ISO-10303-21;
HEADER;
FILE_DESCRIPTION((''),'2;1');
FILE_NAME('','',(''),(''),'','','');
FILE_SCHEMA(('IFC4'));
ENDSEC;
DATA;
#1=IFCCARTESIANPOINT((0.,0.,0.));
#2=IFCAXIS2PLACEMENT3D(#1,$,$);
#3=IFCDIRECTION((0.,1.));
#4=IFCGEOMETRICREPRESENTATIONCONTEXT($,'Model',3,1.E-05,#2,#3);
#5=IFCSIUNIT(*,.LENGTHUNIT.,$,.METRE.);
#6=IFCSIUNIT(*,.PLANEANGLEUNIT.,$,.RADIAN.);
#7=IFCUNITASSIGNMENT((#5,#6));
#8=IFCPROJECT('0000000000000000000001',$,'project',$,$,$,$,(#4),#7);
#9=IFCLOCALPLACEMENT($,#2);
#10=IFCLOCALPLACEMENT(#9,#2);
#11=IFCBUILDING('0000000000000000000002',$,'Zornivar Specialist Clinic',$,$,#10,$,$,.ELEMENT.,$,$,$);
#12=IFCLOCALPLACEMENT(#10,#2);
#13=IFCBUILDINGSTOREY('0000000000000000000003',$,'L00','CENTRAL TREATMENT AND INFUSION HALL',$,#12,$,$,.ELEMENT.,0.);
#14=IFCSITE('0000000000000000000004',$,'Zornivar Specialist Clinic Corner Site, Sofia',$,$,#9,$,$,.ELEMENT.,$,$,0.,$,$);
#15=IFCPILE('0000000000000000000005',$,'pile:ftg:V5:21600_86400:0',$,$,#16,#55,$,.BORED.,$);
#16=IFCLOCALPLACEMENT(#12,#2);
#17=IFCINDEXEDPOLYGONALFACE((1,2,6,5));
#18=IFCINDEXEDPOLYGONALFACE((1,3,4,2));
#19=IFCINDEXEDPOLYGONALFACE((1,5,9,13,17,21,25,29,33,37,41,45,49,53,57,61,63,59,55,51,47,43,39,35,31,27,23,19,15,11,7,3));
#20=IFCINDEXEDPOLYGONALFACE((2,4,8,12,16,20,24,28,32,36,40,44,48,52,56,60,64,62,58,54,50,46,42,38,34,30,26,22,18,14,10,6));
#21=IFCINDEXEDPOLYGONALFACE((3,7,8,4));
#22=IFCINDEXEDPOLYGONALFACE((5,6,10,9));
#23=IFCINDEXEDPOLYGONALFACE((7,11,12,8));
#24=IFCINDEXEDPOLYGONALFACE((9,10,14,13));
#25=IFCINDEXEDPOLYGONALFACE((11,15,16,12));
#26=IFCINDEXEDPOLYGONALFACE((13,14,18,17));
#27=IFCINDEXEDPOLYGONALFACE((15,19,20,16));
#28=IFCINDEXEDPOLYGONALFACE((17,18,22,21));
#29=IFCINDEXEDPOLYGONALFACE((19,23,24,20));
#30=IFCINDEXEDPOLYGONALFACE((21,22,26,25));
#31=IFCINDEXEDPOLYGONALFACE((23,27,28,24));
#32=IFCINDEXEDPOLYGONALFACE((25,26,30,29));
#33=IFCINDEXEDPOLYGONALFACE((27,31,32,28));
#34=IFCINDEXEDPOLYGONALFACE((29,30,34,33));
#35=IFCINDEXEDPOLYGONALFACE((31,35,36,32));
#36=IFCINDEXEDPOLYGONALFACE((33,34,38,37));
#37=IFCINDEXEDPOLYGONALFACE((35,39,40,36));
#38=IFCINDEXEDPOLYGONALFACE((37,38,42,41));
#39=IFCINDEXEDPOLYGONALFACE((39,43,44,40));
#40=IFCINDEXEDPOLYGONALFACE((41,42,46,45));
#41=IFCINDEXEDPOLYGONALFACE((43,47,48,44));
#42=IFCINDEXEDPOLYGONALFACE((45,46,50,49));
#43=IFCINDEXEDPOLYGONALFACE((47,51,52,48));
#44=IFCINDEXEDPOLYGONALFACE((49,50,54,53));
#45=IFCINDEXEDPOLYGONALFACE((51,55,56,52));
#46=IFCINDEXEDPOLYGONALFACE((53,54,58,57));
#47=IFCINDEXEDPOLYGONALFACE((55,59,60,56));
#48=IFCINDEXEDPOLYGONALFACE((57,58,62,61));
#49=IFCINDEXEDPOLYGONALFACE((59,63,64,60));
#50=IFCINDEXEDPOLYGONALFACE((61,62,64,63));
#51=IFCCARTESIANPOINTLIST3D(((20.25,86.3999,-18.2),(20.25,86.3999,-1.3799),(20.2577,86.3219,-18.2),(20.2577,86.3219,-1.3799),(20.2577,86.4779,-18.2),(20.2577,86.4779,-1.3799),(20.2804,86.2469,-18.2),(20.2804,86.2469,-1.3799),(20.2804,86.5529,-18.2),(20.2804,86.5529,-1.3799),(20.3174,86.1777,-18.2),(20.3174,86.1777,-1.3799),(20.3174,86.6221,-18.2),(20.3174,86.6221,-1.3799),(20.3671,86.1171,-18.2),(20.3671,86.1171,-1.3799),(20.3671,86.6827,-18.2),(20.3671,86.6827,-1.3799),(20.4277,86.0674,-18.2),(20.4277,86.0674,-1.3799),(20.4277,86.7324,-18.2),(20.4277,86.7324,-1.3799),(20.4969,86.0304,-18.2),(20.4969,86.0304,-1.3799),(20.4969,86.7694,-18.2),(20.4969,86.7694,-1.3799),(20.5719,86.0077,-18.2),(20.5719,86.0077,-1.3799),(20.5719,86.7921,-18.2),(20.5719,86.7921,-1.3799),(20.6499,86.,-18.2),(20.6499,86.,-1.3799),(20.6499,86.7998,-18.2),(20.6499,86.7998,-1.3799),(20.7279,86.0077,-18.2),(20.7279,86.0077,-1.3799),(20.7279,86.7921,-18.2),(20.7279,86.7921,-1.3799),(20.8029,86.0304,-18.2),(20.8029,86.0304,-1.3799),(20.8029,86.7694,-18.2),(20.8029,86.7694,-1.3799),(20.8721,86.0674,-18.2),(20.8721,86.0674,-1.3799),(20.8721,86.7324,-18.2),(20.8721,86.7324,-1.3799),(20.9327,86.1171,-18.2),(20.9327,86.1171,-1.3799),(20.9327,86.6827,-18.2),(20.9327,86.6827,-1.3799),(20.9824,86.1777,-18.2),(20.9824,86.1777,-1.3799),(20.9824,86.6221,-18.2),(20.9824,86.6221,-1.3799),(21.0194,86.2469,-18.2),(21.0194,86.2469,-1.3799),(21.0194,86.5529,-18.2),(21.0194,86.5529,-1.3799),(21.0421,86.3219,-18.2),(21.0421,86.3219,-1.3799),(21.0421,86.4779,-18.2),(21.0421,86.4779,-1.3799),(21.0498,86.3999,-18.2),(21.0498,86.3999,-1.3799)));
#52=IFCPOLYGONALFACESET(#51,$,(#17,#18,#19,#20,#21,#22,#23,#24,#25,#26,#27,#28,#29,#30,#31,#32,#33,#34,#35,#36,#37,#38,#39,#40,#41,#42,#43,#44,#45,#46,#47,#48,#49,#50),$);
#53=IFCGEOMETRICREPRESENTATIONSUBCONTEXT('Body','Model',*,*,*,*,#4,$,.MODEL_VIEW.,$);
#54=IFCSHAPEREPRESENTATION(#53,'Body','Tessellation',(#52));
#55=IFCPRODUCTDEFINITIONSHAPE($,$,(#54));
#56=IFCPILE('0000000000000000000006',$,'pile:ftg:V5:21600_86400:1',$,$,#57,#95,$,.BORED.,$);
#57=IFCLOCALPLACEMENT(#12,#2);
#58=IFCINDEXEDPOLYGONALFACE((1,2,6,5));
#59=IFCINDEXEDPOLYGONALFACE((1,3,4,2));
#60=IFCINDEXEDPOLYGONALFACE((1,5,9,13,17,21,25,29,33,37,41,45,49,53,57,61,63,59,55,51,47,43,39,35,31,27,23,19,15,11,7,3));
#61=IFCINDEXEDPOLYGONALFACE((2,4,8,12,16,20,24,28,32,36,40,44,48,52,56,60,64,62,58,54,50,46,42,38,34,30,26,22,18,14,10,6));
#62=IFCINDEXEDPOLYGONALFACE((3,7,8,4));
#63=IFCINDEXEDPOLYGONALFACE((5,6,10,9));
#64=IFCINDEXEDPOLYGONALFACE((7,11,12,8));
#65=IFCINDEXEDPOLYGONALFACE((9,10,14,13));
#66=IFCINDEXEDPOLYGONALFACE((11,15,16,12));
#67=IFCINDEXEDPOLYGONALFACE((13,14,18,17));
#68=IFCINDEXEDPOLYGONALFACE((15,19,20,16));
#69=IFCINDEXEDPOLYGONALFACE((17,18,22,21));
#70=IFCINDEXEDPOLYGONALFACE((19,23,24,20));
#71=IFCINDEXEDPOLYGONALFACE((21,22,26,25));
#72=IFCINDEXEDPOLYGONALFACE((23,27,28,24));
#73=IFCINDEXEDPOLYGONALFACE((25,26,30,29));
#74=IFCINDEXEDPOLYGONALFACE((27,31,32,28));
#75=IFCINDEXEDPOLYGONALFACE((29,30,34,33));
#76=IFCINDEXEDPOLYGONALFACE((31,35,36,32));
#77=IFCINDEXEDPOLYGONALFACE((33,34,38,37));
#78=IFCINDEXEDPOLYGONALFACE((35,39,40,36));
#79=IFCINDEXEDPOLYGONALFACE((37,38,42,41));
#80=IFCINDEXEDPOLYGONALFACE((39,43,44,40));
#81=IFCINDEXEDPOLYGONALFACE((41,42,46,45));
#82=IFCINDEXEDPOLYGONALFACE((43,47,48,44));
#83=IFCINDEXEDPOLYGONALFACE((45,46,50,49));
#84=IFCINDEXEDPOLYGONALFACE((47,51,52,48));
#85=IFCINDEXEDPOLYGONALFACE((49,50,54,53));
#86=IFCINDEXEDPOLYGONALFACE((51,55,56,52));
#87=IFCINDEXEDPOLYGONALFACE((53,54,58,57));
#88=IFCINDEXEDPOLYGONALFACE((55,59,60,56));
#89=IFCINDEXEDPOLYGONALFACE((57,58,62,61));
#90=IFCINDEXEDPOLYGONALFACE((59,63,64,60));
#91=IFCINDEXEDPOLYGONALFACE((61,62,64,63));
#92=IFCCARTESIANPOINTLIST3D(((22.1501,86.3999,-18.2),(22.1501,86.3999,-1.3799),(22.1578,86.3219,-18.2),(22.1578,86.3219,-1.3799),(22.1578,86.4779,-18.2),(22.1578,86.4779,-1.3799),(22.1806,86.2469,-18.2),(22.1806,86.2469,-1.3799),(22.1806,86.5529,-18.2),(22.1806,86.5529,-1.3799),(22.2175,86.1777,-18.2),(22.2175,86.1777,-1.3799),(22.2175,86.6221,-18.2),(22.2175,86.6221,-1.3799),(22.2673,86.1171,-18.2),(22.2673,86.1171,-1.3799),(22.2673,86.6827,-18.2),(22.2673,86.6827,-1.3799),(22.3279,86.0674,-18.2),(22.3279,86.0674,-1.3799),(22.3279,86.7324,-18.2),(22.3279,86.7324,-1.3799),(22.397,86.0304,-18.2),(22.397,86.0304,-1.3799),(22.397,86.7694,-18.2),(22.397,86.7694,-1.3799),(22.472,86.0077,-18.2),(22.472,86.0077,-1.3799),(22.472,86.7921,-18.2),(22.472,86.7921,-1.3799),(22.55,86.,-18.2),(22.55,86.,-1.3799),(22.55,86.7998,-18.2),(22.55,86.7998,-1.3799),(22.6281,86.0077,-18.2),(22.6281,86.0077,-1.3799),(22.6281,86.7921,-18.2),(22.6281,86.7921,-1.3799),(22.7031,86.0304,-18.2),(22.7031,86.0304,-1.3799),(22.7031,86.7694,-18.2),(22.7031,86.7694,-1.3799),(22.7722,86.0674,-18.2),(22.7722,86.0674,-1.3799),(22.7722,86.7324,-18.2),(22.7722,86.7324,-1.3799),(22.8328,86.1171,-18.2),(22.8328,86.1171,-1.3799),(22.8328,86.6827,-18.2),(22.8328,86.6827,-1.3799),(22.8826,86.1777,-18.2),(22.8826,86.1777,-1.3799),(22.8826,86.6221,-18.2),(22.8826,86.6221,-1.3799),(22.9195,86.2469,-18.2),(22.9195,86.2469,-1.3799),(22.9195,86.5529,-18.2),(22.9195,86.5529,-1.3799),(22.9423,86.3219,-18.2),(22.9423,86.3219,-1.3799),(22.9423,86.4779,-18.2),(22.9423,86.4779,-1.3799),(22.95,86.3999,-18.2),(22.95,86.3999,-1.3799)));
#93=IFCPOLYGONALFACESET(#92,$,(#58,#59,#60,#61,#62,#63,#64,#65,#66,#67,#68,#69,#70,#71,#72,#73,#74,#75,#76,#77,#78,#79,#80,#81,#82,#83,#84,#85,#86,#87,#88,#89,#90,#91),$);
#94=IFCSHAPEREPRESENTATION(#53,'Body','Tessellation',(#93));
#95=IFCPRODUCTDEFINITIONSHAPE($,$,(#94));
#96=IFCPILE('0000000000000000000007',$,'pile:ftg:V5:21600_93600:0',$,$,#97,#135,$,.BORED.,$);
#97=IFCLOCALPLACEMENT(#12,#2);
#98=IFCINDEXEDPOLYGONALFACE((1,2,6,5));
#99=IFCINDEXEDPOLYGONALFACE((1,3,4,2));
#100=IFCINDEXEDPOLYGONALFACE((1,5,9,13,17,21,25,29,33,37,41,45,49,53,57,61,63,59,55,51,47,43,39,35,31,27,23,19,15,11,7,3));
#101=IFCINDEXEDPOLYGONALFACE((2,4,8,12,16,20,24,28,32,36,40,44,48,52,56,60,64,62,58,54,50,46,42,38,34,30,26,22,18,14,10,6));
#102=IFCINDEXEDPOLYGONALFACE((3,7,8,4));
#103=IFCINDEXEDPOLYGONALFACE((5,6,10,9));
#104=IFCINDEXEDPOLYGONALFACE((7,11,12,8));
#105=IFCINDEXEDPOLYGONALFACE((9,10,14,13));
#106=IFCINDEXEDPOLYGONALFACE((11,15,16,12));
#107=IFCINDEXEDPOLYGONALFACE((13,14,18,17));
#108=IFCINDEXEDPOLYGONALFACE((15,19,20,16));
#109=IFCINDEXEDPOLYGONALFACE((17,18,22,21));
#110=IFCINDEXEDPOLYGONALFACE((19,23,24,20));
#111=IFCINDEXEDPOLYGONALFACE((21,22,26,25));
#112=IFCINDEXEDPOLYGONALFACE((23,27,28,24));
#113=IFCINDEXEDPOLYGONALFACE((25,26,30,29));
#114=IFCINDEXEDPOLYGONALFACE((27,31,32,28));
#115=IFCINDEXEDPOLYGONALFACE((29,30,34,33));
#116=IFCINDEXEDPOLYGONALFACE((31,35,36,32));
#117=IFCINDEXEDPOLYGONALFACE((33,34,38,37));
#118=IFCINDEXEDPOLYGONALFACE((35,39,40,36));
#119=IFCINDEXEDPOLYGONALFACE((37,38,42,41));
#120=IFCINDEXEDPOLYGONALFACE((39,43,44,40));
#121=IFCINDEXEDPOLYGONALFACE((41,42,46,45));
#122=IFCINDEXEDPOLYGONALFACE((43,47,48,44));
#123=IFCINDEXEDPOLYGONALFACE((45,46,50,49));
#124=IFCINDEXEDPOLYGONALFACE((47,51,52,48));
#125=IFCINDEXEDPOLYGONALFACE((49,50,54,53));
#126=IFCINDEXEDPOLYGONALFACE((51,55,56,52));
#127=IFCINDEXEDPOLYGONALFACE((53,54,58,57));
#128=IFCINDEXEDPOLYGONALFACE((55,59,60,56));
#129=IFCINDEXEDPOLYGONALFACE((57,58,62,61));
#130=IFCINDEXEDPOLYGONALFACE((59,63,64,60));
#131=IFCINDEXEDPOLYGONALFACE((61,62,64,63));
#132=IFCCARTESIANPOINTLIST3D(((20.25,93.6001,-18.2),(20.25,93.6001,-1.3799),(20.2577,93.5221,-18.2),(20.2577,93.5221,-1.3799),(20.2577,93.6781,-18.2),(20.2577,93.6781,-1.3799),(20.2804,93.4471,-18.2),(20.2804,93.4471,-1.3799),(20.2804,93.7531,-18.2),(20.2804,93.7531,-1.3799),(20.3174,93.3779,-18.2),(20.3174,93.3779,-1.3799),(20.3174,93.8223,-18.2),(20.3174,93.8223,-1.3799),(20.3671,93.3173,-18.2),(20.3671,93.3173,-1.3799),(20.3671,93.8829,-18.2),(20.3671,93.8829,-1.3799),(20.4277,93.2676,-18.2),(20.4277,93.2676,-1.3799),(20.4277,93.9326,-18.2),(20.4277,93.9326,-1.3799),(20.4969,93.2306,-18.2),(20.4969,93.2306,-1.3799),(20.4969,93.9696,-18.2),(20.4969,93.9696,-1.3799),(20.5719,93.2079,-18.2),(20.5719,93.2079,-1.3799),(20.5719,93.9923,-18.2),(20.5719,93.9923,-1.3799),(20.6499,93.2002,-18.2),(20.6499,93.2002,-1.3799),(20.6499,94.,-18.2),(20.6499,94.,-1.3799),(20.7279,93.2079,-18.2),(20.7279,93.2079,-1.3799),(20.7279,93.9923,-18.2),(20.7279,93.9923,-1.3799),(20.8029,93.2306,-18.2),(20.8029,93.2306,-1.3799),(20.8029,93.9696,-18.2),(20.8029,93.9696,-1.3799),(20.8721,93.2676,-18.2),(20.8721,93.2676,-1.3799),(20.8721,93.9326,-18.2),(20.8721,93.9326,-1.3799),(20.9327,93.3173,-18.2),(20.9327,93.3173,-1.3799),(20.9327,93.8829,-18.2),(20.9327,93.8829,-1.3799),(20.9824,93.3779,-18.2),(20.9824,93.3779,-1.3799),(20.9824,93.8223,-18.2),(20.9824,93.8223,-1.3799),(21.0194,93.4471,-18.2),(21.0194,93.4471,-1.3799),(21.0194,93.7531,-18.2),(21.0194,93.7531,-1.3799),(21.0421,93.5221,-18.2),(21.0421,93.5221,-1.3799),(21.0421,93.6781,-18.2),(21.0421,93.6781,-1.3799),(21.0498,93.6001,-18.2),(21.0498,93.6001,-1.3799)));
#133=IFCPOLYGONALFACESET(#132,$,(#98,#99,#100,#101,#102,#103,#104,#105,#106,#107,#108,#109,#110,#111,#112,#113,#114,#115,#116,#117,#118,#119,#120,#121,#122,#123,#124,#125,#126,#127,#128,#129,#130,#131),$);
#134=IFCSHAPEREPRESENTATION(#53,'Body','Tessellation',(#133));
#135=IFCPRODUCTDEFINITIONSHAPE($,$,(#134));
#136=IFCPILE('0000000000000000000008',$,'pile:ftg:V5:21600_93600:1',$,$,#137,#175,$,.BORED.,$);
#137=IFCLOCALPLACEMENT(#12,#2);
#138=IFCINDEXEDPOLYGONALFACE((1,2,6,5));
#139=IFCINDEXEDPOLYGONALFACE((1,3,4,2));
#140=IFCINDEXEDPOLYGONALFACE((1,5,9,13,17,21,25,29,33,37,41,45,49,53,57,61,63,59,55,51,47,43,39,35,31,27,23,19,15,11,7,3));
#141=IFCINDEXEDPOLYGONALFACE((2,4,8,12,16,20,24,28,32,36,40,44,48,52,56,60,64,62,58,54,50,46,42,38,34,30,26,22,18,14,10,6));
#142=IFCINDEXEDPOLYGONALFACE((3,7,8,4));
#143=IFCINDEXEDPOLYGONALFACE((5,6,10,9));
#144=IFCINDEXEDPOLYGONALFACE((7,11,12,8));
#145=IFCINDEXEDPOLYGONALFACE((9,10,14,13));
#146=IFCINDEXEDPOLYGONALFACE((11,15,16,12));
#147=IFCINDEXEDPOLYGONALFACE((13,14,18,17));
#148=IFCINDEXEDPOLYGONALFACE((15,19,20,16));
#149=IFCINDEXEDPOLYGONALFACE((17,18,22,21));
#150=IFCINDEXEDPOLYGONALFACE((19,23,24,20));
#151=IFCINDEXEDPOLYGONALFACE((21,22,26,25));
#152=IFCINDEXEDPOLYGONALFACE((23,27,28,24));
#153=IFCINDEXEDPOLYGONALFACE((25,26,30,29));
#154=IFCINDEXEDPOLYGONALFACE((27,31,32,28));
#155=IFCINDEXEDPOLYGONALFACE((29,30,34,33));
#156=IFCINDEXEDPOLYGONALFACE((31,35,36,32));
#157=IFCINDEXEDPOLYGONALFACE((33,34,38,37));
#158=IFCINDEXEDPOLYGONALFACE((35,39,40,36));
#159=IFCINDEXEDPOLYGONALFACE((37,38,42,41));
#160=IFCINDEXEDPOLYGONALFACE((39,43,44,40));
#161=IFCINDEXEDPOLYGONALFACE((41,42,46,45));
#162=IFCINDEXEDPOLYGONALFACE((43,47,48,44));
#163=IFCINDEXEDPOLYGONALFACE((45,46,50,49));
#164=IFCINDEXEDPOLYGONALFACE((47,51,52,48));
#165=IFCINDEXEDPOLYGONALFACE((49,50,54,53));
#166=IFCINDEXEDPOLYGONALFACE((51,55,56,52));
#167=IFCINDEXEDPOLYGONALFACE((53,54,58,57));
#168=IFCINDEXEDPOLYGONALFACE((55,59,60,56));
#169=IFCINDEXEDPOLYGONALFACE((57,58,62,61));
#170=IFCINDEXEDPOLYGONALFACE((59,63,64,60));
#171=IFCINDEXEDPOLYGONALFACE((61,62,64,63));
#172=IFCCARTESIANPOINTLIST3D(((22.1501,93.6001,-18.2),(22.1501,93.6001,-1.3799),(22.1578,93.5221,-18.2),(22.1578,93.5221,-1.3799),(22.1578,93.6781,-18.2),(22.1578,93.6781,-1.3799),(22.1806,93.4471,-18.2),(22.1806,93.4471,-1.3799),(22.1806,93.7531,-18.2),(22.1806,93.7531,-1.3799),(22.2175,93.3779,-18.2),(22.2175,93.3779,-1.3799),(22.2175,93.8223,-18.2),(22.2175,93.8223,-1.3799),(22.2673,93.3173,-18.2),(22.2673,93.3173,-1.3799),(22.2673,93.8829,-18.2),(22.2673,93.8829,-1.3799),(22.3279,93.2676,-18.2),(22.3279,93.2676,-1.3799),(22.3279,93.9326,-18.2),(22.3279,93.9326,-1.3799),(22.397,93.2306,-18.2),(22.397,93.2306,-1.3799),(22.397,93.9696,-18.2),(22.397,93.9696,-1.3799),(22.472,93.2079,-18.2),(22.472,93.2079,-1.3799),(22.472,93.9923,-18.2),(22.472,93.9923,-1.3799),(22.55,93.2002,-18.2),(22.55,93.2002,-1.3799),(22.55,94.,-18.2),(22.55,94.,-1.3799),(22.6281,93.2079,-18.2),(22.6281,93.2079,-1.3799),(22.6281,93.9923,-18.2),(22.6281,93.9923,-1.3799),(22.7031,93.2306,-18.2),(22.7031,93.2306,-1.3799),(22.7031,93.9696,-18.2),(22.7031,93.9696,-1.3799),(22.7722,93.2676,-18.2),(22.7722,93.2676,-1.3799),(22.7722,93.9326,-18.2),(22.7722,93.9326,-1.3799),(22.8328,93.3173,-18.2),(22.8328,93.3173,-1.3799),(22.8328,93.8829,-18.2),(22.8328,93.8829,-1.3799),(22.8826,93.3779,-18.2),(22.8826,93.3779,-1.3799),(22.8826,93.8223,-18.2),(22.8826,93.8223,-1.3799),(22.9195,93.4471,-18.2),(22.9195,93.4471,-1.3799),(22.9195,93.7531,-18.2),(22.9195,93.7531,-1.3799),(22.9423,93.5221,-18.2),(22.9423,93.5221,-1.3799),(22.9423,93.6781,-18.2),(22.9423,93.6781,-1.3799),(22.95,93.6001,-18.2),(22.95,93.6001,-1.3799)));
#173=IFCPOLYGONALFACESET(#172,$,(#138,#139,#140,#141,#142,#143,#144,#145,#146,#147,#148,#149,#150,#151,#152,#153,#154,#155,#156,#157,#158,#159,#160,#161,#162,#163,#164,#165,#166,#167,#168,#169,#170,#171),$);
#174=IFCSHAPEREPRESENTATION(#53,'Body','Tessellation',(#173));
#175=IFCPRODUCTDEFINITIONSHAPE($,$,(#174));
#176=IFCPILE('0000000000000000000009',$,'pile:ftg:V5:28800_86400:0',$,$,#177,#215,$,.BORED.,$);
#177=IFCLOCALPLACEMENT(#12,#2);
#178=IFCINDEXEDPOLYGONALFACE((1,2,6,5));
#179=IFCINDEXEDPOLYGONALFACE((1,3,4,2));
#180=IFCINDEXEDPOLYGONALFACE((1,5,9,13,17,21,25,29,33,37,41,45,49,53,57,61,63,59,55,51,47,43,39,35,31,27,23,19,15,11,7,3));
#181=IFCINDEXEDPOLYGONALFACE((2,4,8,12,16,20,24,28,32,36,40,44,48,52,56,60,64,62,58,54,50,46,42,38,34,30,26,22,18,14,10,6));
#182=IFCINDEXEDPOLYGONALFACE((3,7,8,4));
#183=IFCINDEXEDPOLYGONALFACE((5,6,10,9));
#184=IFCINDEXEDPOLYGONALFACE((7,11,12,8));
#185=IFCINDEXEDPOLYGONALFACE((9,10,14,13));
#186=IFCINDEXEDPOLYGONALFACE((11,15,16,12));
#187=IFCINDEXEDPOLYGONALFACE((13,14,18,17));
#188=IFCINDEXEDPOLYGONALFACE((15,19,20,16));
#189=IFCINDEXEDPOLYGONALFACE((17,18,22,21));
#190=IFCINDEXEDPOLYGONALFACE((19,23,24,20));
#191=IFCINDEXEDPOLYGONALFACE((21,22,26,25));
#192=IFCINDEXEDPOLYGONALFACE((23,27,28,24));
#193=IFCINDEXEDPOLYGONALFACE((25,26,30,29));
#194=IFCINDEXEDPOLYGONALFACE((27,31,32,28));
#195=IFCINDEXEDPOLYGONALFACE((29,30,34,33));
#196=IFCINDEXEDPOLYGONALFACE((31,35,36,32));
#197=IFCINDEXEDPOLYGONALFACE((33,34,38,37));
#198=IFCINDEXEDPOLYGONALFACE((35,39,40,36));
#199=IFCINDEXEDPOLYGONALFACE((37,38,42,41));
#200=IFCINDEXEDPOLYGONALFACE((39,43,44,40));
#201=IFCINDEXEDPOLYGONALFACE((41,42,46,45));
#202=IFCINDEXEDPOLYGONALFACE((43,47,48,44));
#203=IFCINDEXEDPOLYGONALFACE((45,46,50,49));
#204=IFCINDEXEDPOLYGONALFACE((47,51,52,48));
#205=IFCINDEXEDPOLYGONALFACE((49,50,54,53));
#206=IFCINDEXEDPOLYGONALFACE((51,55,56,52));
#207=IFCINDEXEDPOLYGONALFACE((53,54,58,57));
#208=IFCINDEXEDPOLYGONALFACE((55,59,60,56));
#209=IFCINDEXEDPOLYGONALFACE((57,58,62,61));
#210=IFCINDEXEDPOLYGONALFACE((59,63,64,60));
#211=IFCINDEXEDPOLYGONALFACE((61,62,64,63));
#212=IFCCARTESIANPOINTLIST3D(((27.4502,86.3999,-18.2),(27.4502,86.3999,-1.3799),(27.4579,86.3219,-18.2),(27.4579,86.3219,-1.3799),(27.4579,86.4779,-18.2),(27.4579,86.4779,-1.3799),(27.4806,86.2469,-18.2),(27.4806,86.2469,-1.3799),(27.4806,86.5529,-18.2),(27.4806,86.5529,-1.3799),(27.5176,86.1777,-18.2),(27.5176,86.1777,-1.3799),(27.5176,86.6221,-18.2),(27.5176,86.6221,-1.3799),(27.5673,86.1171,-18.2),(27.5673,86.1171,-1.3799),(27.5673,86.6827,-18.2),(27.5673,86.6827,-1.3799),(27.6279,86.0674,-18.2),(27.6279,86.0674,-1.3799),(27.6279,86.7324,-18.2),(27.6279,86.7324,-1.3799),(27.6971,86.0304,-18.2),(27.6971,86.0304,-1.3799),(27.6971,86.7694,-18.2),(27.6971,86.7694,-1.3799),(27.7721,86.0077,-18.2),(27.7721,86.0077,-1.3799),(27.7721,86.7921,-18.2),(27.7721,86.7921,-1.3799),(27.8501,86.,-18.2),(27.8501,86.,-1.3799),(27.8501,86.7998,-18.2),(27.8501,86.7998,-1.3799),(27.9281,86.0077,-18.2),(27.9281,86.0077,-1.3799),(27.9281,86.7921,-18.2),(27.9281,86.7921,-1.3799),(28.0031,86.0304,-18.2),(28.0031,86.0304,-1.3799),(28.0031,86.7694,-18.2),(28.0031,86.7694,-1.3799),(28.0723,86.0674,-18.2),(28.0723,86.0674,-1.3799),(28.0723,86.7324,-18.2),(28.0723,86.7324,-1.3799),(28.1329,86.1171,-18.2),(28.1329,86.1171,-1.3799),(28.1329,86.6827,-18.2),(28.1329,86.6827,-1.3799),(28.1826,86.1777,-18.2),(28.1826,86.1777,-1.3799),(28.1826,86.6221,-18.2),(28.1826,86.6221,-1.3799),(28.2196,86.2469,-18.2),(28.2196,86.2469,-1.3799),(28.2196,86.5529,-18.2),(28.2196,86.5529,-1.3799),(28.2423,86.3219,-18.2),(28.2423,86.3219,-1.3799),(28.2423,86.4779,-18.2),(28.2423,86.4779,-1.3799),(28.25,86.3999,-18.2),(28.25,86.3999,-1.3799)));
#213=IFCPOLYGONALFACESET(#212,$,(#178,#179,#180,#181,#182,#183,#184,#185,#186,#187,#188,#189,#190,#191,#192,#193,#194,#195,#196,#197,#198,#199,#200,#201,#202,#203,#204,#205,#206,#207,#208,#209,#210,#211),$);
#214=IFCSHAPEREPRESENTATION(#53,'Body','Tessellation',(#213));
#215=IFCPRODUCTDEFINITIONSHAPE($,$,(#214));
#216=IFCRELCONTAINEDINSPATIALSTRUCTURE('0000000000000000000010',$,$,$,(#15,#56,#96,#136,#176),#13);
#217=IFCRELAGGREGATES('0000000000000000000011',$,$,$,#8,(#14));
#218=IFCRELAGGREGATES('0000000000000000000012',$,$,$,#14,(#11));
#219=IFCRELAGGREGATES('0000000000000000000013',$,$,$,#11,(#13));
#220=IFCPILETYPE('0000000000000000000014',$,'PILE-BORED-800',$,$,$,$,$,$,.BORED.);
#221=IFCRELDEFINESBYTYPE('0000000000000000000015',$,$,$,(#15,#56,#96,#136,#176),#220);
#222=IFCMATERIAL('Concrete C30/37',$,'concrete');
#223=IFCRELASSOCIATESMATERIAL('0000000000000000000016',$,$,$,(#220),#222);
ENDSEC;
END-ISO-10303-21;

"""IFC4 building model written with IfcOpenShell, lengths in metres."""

from ifc_helpers import new_model, si_unit, direction, frame, origin, origin_2d, place, context, subcontext, project, spatial, circle, extrude, material, material_profile, profile_set, type_object, element, save


model = new_model("IFC4")

# Units and contexts
model_context = context("Model", 3, precision=1e-05, world=origin(), true_north=direction((0.0, 1.0)))
body_context = subcontext(model_context, "Body", "Model", "MODEL_VIEW")
ifc_project = project(units=[si_unit("LENGTHUNIT", "METRE"), si_unit("PLANEANGLEUNIT", "RADIAN")], contexts=[model_context])

# Site, building, storey
site_placement = place(None, origin())
site = spatial("IfcSite", under=ifc_project, at=site_placement, Name="Zornivar Specialist Clinic Corner Site, Sofia", CompositionType="ELEMENT", RefElevation=0.0)
building_placement = place(site_placement, origin())
building = spatial("IfcBuilding", under=site, at=building_placement, Name="Zornivar Specialist Clinic", CompositionType="ELEMENT")
storey_placement = place(building_placement, origin())
storey = spatial("IfcBuildingStorey", under=building, at=storey_placement, Name="L00", Description="CENTRAL TREATMENT AND INFUSION HALL", CompositionType="ELEMENT", Elevation=0.0)

# Piles
ifc_material_1 = material(Name="Concrete C30/37", Category="concrete")
ifc_material_profile_1 = material_profile(ifc_material_1, circle(Radius=0.3999, at=origin_2d()), Name="PILE D800")
ifc_profile_set_1 = profile_set([ifc_material_profile_1], Name="Concrete C30/37")
pile_type = type_object("IfcPileType", Name="PILE-BORED-800", PredefinedType="BORED", material=ifc_profile_set_1)
for number, where, z_axis, x_axis, name in (
    (1, (20.6499, 86.3999, -1.3799), (0.0, 0.0, -1.0), (1.0, 0.0, 0.0), "pile:ftg:V5:21600_86400:0"),
    (2, (22.55, 86.3999, -1.3799), (0.0, 0.0, -1.0), (1.0, 0.0, 0.0), "pile:ftg:V5:21600_86400:1"),
    (3, (20.6499, 93.6001, -1.3799), (0.0, 0.0, -1.0), (1.0, 0.0, 0.0), "pile:ftg:V5:21600_93600:0"),
    (4, (22.55, 93.6001, -1.3799), (0.0, 0.0, -1.0), (1.0, 0.0, 0.0), "pile:ftg:V5:21600_93600:1"),
    (5, (27.8501, 86.3999, -1.3799), (0.0, 0.0, -1.0), (1.0, 0.0, 0.0), "pile:ftg:V5:28800_86400:0"),
):
    element("IfcPile", number, at=place(storey_placement, frame(where, z_axis=z_axis, x_axis=x_axis)), inside=storey, type_object=pile_type, Name=name, PredefinedType="BORED", context=body_context, shape_type="SweptSolid", body=[
        extrude(circle(Radius=0.3999, at=origin_2d()), origin(), (0.0, 0.0, 1.0), 16.8201),
    ])

save(model, "model.ifc")
